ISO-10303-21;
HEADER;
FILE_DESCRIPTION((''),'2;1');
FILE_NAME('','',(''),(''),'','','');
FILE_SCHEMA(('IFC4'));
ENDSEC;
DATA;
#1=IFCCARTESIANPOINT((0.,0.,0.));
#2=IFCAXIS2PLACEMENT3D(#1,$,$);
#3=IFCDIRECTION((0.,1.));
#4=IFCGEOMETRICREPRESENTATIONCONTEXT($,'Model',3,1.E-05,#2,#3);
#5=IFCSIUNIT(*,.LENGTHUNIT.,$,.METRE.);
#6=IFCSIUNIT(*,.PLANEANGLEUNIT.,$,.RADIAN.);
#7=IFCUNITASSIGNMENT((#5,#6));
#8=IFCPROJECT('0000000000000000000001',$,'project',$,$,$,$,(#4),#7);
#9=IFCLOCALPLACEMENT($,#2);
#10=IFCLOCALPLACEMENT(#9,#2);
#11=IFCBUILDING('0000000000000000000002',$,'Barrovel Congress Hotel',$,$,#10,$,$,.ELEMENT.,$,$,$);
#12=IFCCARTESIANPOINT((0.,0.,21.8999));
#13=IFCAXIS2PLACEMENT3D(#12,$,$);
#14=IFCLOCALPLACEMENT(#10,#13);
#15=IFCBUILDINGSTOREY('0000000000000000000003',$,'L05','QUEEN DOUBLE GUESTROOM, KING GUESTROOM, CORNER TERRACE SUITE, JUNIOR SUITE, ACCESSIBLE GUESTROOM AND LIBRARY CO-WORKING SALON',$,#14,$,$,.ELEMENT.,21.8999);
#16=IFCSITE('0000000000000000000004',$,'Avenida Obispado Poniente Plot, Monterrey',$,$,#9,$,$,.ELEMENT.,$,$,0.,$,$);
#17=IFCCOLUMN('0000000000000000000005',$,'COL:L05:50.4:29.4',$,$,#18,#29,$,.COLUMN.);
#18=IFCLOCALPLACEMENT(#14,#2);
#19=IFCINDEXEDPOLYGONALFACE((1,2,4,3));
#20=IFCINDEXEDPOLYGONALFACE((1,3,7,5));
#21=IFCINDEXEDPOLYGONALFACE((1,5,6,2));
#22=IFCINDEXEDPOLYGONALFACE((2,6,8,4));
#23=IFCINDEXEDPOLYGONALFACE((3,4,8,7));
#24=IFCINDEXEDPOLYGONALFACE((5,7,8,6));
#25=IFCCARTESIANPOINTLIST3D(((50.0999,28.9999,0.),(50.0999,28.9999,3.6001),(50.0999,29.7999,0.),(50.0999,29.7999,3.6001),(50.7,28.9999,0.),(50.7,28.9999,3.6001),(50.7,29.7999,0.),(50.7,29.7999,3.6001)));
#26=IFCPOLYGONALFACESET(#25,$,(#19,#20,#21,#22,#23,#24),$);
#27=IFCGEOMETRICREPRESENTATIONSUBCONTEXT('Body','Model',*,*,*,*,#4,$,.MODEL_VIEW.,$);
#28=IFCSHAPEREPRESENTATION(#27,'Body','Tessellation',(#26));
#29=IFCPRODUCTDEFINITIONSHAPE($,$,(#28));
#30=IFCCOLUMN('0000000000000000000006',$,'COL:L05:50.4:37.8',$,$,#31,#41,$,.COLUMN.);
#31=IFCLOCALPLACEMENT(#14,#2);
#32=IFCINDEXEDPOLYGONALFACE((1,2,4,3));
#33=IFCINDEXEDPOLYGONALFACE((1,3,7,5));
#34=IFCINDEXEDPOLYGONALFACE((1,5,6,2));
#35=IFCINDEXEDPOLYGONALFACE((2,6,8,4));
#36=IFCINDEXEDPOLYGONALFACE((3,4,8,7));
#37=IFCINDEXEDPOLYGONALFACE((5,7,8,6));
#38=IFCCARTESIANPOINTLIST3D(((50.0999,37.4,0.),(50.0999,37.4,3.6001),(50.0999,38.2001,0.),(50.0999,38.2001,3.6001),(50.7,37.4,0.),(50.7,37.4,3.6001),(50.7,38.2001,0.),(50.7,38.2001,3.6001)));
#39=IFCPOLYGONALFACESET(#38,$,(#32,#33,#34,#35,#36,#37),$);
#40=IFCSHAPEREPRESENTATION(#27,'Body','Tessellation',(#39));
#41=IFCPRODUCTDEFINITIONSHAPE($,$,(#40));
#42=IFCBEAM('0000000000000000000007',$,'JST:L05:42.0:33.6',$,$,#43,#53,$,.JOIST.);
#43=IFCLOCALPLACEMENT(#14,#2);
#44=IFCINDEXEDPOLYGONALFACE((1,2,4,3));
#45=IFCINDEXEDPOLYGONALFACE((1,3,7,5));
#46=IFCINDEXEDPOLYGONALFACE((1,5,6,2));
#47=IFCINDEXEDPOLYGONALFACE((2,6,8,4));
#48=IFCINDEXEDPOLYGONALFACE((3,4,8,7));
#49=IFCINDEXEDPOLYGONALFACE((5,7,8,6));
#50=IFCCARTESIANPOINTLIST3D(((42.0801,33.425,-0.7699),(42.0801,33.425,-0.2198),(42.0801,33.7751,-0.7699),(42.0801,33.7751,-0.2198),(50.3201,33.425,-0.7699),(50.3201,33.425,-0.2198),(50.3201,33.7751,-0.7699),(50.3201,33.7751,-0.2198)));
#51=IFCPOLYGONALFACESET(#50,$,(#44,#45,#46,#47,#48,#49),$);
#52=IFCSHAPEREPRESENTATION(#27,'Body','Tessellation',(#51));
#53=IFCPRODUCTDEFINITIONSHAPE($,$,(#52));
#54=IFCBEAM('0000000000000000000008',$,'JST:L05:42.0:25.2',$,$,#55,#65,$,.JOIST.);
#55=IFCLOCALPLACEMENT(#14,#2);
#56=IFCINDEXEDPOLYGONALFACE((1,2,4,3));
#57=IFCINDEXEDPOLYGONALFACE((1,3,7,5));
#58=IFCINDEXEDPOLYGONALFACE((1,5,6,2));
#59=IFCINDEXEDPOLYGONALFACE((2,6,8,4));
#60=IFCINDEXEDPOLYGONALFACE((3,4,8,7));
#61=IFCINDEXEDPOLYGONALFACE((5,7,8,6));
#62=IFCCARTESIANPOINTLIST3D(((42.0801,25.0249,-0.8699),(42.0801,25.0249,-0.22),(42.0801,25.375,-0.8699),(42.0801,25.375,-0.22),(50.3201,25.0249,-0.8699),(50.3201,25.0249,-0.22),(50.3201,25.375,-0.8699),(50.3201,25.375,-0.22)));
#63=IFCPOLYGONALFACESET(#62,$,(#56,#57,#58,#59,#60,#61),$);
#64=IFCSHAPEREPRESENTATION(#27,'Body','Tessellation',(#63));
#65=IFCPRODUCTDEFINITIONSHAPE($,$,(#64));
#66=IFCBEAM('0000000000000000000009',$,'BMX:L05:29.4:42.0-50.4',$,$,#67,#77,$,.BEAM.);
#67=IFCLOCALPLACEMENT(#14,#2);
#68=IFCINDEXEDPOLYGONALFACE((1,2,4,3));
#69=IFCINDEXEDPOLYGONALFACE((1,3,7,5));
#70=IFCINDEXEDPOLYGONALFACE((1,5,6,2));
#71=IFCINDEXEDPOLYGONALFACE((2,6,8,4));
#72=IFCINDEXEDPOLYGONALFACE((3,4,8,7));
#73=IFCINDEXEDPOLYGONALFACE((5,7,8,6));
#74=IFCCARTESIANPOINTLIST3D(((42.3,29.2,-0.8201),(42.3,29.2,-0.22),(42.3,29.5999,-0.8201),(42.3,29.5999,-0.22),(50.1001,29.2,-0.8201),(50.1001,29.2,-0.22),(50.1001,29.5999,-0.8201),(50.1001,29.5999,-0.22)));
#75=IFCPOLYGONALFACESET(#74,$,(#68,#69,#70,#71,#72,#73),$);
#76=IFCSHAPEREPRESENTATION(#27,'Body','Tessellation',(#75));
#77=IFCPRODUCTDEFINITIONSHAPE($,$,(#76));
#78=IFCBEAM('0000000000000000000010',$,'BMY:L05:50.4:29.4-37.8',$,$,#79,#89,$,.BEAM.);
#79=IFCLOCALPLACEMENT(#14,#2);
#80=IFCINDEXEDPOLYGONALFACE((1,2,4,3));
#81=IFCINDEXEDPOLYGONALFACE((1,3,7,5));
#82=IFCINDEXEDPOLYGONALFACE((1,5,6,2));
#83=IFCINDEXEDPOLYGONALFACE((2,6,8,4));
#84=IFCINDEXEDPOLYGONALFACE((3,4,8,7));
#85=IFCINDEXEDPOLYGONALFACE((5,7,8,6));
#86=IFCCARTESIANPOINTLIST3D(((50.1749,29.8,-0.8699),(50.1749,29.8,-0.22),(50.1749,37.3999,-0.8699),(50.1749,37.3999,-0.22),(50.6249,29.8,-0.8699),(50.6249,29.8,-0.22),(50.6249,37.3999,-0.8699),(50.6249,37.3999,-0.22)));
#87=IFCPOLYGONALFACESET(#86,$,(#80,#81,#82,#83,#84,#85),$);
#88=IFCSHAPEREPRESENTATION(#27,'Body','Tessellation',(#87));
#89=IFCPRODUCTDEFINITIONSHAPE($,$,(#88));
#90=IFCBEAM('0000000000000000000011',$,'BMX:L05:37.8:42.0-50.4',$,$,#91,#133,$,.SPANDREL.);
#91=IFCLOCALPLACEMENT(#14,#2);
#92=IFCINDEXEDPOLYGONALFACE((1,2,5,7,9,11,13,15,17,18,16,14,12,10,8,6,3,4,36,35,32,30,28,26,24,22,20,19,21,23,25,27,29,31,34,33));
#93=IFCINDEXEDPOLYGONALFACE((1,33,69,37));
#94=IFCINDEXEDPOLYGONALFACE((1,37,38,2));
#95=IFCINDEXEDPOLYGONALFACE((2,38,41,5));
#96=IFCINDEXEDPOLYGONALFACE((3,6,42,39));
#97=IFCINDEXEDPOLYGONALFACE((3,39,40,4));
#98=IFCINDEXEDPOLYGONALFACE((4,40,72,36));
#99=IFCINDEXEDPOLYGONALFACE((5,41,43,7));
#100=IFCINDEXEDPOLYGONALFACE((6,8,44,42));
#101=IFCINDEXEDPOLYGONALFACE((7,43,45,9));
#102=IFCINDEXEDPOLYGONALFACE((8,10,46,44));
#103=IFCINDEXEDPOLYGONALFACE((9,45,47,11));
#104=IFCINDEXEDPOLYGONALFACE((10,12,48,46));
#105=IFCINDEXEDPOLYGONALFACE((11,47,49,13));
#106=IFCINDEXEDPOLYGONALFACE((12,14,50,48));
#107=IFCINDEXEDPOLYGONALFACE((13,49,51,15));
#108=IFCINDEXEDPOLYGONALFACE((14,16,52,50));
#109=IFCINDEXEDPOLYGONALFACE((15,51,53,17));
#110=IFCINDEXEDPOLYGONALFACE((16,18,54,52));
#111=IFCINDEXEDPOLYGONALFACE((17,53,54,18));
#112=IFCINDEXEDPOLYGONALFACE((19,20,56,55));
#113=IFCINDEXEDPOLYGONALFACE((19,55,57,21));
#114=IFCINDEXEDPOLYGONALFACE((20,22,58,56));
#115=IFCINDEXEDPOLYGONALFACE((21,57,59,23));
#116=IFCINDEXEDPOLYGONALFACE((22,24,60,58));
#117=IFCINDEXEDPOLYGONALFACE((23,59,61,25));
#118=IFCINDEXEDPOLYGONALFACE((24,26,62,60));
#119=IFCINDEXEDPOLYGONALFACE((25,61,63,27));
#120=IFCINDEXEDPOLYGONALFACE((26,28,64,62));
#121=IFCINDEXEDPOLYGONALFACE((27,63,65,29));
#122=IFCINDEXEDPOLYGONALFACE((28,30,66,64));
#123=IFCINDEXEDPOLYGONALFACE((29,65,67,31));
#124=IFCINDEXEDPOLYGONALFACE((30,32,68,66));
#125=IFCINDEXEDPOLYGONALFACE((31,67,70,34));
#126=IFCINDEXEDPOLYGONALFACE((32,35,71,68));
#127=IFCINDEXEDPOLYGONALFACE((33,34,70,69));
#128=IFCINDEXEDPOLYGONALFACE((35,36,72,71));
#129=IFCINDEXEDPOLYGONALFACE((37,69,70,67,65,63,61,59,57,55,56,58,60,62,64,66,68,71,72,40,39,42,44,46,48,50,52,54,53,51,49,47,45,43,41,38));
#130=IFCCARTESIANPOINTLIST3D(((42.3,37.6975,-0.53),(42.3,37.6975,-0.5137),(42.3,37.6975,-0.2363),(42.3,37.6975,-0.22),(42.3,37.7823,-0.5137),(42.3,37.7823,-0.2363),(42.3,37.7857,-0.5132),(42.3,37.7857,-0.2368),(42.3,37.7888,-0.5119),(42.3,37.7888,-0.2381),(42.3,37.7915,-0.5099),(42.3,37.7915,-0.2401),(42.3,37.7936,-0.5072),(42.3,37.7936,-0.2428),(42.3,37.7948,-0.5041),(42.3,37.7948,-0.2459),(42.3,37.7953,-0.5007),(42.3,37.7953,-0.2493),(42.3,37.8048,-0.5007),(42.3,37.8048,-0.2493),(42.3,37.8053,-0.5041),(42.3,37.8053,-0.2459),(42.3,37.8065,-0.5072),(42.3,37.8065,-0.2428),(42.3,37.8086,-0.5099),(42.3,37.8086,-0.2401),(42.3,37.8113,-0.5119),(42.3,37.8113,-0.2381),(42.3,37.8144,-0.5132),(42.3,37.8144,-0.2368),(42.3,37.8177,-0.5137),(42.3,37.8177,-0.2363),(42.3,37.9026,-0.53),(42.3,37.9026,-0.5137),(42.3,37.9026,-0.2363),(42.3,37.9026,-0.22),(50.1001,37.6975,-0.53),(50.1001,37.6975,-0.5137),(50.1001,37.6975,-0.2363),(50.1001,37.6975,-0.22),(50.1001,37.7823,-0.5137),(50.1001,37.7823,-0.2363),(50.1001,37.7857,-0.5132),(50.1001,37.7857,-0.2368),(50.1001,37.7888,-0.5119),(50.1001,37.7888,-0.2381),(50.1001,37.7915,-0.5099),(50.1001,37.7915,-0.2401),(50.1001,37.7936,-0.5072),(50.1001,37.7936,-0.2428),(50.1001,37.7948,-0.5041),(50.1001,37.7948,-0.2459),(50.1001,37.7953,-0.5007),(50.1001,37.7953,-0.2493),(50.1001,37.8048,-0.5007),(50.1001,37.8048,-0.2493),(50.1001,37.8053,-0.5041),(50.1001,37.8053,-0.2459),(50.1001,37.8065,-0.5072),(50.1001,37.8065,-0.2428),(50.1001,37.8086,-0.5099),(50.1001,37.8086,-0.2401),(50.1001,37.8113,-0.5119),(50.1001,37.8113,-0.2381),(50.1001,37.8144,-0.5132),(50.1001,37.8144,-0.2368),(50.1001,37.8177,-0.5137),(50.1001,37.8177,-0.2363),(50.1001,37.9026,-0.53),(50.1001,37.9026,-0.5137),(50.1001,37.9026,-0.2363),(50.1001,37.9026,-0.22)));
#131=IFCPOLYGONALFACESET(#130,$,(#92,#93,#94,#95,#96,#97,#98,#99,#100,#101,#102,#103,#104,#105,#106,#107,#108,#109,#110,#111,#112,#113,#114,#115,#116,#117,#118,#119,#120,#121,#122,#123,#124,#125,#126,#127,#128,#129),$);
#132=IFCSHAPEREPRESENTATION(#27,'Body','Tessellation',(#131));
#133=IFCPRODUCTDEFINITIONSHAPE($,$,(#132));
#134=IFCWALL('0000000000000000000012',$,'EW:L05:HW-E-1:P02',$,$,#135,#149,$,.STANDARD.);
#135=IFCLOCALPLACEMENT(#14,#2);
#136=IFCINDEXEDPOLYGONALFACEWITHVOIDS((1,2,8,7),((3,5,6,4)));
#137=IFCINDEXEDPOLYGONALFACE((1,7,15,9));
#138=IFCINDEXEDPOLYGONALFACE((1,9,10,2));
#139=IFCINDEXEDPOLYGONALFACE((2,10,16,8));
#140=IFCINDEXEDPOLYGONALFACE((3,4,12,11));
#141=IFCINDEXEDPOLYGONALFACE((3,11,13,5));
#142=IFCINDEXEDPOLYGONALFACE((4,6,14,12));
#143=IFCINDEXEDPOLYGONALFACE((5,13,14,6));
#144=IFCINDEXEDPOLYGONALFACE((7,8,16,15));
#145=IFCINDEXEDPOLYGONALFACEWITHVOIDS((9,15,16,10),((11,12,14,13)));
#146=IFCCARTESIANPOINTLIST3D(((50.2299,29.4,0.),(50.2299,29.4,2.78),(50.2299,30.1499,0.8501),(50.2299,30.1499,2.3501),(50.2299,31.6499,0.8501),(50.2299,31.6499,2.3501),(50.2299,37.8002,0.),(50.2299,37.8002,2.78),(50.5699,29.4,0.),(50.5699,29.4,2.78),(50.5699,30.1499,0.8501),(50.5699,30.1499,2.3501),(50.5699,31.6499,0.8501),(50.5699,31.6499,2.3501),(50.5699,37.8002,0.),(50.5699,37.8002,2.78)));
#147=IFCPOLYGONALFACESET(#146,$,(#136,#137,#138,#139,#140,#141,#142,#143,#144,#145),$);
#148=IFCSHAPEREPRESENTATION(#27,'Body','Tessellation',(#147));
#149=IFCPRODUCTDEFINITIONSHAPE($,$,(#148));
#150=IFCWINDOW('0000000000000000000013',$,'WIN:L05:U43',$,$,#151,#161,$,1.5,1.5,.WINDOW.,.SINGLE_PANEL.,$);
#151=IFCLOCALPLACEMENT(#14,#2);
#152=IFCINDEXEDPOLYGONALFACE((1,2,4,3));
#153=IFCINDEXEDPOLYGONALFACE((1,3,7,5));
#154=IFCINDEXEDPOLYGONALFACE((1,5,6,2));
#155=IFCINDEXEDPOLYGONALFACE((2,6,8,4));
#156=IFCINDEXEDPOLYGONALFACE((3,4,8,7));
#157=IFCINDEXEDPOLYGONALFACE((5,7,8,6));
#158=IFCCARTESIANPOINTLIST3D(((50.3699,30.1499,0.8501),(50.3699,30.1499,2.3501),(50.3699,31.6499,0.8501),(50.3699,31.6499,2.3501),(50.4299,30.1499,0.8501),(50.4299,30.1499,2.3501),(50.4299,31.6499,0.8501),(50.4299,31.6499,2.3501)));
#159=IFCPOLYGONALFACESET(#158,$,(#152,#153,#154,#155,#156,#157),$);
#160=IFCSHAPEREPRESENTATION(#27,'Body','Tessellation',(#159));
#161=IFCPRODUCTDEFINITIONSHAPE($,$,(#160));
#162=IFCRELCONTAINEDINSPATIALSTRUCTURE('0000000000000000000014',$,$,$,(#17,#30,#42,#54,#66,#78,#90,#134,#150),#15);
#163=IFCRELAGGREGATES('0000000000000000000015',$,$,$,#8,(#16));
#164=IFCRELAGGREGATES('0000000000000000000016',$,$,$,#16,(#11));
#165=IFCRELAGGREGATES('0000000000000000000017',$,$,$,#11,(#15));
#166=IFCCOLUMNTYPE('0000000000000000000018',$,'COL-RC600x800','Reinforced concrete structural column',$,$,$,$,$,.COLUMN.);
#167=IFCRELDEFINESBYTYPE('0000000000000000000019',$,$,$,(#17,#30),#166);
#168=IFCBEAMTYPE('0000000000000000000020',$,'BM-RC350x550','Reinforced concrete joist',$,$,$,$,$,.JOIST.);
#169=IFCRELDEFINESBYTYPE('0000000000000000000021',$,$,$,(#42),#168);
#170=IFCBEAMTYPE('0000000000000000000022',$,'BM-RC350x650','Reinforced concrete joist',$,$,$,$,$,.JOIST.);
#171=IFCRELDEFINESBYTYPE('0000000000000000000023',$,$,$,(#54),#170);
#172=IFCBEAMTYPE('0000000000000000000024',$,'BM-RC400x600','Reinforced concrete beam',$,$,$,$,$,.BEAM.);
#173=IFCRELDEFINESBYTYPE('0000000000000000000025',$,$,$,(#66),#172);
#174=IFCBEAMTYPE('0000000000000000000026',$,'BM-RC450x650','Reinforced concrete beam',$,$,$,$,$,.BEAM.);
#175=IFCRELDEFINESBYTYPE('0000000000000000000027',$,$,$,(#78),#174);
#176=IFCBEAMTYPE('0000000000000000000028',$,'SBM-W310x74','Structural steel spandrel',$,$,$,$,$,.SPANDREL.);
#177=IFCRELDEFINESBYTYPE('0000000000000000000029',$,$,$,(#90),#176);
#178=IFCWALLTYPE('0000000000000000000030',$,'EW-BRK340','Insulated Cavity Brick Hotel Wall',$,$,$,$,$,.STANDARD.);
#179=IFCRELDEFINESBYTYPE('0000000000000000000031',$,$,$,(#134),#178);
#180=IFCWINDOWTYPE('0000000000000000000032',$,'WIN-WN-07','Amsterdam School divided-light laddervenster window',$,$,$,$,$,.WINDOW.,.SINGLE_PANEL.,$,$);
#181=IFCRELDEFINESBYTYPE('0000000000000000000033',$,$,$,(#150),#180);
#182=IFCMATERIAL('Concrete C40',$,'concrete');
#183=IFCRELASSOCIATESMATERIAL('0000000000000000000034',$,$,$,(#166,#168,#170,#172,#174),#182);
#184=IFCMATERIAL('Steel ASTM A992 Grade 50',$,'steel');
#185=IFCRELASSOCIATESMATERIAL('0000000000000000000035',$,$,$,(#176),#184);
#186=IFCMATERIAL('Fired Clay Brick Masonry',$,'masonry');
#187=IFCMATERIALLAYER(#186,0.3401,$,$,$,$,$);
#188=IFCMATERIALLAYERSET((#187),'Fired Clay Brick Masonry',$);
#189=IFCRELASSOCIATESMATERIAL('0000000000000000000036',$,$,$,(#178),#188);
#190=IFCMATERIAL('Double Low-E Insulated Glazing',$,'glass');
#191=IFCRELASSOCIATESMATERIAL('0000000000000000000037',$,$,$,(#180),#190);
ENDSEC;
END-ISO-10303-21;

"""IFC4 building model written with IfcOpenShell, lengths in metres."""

from ifc_helpers import new_model, si_unit, direction, frame, frame_2d, origin, origin_2d, place, context, subcontext, project, spatial, rectangle, i_section, extrude, material, layer, layer_set, material_profile, profile_set, type_object, element, fill, save


model = new_model("IFC4")

# Units and contexts
model_context = context("Model", 3, precision=1e-05, world=origin(), true_north=direction((0.0, 1.0)))
body_context = subcontext(model_context, "Body", "Model", "MODEL_VIEW")
ifc_project = project(units=[si_unit("LENGTHUNIT", "METRE"), si_unit("PLANEANGLEUNIT", "RADIAN")], contexts=[model_context])

# Site, building, storey
site_placement = place(None, origin())
site = spatial("IfcSite", under=ifc_project, at=site_placement, Name="Avenida Obispado Poniente Plot, Monterrey", CompositionType="ELEMENT", RefElevation=0.0)
building_placement = place(site_placement, origin())
building = spatial("IfcBuilding", under=site, at=building_placement, Name="Barrovel Congress Hotel", CompositionType="ELEMENT")
storey_placement = place(building_placement, frame((0.0, 0.0, 21.8999)))
storey = spatial("IfcBuildingStorey", under=building, at=storey_placement, Name="L05", Description="QUEEN DOUBLE GUESTROOM, KING GUESTROOM, CORNER TERRACE SUITE, JUNIOR SUITE, ACCESSIBLE GUESTROOM AND LIBRARY CO-WORKING SALON", CompositionType="ELEMENT", Elevation=21.8999)

# Columns
ifc_material_1 = material(Name="Concrete C40", Category="concrete")
ifc_material_profile_1 = material_profile(ifc_material_1, rectangle(XDim=0.6001, YDim=0.8, at=origin_2d()), Name="RC600x800")
ifc_profile_set_1 = profile_set([ifc_material_profile_1], Name="Concrete C40")
column_type = type_object("IfcColumnType", Name="COL-RC600x800", Description="Reinforced concrete structural column", PredefinedType="COLUMN", material=ifc_profile_set_1)
for number, where, z_axis, x_axis, name in (
    (1, (50.3999, 29.3999, 0.0), (0.0, 0.0, 1.0), (1.0, 0.0, 0.0), "COL:L05:50.4:29.4"),
    (2, (50.3999, 37.8, 0.0), (0.0, 0.0, 1.0), (1.0, 0.0, 0.0), "COL:L05:50.4:37.8"),
):
    element("IfcColumn", number, at=place(storey_placement, frame(where, z_axis=z_axis, x_axis=x_axis)), inside=storey, type_object=column_type, Name=name, PredefinedType="COLUMN", context=body_context, shape_type="SweptSolid", body=[
        extrude(rectangle(XDim=0.6001, YDim=0.8, at=origin_2d()), origin(), (0.0, 0.0, 1.0), 3.6001),
    ])

# Beams
ifc_material_profile_2 = material_profile(ifc_material_1, rectangle(XDim=0.3501, YDim=0.55, at=origin_2d()), Name="RC350x550")
ifc_profile_set_2 = profile_set([ifc_material_profile_2], Name="Concrete C40")
beam_type_1 = type_object("IfcBeamType", Name="BM-RC350x550", Description="Reinforced concrete joist", PredefinedType="JOIST", material=ifc_profile_set_2)
beam_1_placement = place(storey_placement, frame((42.0801, 33.6001, -0.4949), z_axis=(1.0, 0.0, 0.0), x_axis=(0.0, 1.0, 0.0)))
element("IfcBeam", 3, at=beam_1_placement, inside=storey, type_object=beam_type_1, Name="JST:L05:42.0:33.6", PredefinedType="JOIST", context=body_context, shape_type="SweptSolid", body=[
    extrude(rectangle(XDim=0.3501, YDim=0.55, at=origin_2d()), origin(), (0.0, 0.0, 1.0), 8.24),
])
ifc_material_profile_3 = material_profile(ifc_material_1, rectangle(XDim=0.3501, YDim=0.6499, at=origin_2d()), Name="RC350x650")
ifc_profile_set_3 = profile_set([ifc_material_profile_3], Name="Concrete C40")
beam_type_2 = type_object("IfcBeamType", Name="BM-RC350x650", Description="Reinforced concrete joist", PredefinedType="JOIST", material=ifc_profile_set_3)
beam_2_placement = place(storey_placement, frame((42.0801, 25.2, -0.5449), z_axis=(1.0, 0.0, 0.0), x_axis=(0.0, 1.0, 0.0)))
element("IfcBeam", 4, at=beam_2_placement, inside=storey, type_object=beam_type_2, Name="JST:L05:42.0:25.2", PredefinedType="JOIST", context=body_context, shape_type="SweptSolid", body=[
    extrude(rectangle(XDim=0.3501, YDim=0.6499, at=origin_2d()), origin(), (0.0, 0.0, 1.0), 8.24),
])
ifc_material_profile_4 = material_profile(ifc_material_1, rectangle(XDim=0.3999, YDim=0.6001, at=origin_2d()), Name="RC400x600")
ifc_profile_set_4 = profile_set([ifc_material_profile_4], Name="Concrete C40")
beam_type_3 = type_object("IfcBeamType", Name="BM-RC400x600", Description="Reinforced concrete beam", PredefinedType="BEAM", material=ifc_profile_set_4)
beam_3_placement = place(storey_placement, frame((42.3, 29.3999, -0.52), z_axis=(1.0, 0.0, 0.0), x_axis=(0.0, 1.0, 0.0)))
element("IfcBeam", 5, at=beam_3_placement, inside=storey, type_object=beam_type_3, Name="BMX:L05:29.4:42.0-50.4", PredefinedType="BEAM", context=body_context, shape_type="SweptSolid", body=[
    extrude(rectangle(XDim=0.3999, YDim=0.6001, at=origin_2d()), origin(), (0.0, 0.0, 1.0), 7.8),
])
ifc_material_profile_5 = material_profile(ifc_material_1, rectangle(XDim=0.45, YDim=0.6499, at=origin_2d()), Name="RC450x650")
ifc_profile_set_5 = profile_set([ifc_material_profile_5], Name="Concrete C40")
beam_type_4 = type_object("IfcBeamType", Name="BM-RC450x650", Description="Reinforced concrete beam", PredefinedType="BEAM", material=ifc_profile_set_5)
beam_4_placement = place(storey_placement, frame((50.3999, 29.8, -0.5449), z_axis=(0.0, 1.0, 0.0), x_axis=(-1.0, 0.0, 0.0)))
element("IfcBeam", 6, at=beam_4_placement, inside=storey, type_object=beam_type_4, Name="BMY:L05:50.4:29.4-37.8", PredefinedType="BEAM", context=body_context, shape_type="SweptSolid", body=[
    extrude(rectangle(XDim=0.45, YDim=0.6499, at=origin_2d()), origin(), (0.0, 0.0, 1.0), 7.5999),
])
ifc_material_2 = material(Name="Steel ASTM A992 Grade 50", Category="steel")
ifc_material_profile_6 = material_profile(ifc_material_2, i_section(OverallWidth=0.2051, OverallDepth=0.3101, WebThickness=0.0095, FlangeThickness=0.0164, FilletRadius=0.0129, at=origin_2d()), Name="W310x74")
ifc_profile_set_6 = profile_set([ifc_material_profile_6], Name="Steel ASTM A992 Grade 50")
beam_type_5 = type_object("IfcBeamType", Name="SBM-W310x74", Description="Structural steel spandrel", PredefinedType="SPANDREL", material=ifc_profile_set_6)
beam_5_placement = place(storey_placement, frame((42.3, 37.8, -0.375), z_axis=(1.0, 0.0, 0.0), x_axis=(0.0, 1.0, 0.0)))
element("IfcBeam", 7, at=beam_5_placement, inside=storey, type_object=beam_type_5, Name="BMX:L05:37.8:42.0-50.4", PredefinedType="SPANDREL", context=body_context, shape_type="SweptSolid", body=[
    extrude(i_section(OverallWidth=0.2051, OverallDepth=0.3101, WebThickness=0.0095, FlangeThickness=0.0164, FilletRadius=0.0129, at=origin_2d()), origin(), (0.0, 0.0, 1.0), 7.8),
])

# Wall, opening, window
ifc_material_3 = material(Name="Fired Clay Brick Masonry", Category="masonry")
ifc_layer_1 = layer(ifc_material_3, 0.3401)
ifc_layer_set_1 = layer_set([ifc_layer_1], Name="Fired Clay Brick Masonry")
wall_type_1 = type_object("IfcWallType", Name="EW-BRK340", Description="Insulated Cavity Brick Hotel Wall", PredefinedType="STANDARD", material=ifc_layer_set_1)
wall_1_placement = place(storey_placement, frame((50.3999, 29.3999, 0.0), z_axis=(0.0, 0.0, 1.0), x_axis=(0.0, 1.0, 0.0)))
wall_1 = element("IfcWall", 8, at=wall_1_placement, inside=storey, type_object=wall_type_1, Name="EW:L05:HW-E-1:P02", PredefinedType="STANDARD", context=body_context, shape_type="SweptSolid", body=[
    extrude(rectangle(XDim=8.4001, YDim=0.3401, at=frame_2d((4.2002, 0.0))), origin(), (0.0, 0.0, 1.0), 2.78),
])
opening_1_placement = place(wall_1_placement, frame((0.75, 0.0, 0.8501)))
opening_1 = element("IfcOpeningElement", 9, at=opening_1_placement, cuts=wall_1, PredefinedType="OPENING", context=body_context, shape_type="SweptSolid", body=[
    extrude(rectangle(XDim=1.5, YDim=1.5, at=frame_2d((0.75, 0.75))), frame((0.0, 0.1802, 0.0), z_axis=(0.0, -1.0, 0.0), x_axis=(1.0, 0.0, 0.0)), (0.0, 0.0, 1.0), 0.3601),
])
ifc_material_4 = material(Name="Double Low-E Insulated Glazing", Category="glass")
window_type = type_object("IfcWindowType", Name="WIN-WN-07", Description="Amsterdam School divided-light laddervenster window", PartitioningType="SINGLE_PANEL", PredefinedType="WINDOW", material=ifc_material_4)
window_1_placement = place(opening_1_placement, origin())
window_1 = element("IfcWindow", 10, at=window_1_placement, inside=storey, type_object=window_type, Name="WIN:L05:U43", OverallHeight=1.5, OverallWidth=1.5, PartitioningType="SINGLE_PANEL", PredefinedType="WINDOW", context=body_context, shape_type="SweptSolid", body=[
    extrude(rectangle(XDim=1.5, YDim=1.5, at=frame_2d((0.75, 0.75))), frame((0.0, 0.03, 0.0), z_axis=(0.0, -1.0, 0.0), x_axis=(1.0, 0.0, 0.0)), (0.0, 0.0, 1.0), 0.0601),
])
fill(opening_1, window_1)

save(model, "model.ifc")
